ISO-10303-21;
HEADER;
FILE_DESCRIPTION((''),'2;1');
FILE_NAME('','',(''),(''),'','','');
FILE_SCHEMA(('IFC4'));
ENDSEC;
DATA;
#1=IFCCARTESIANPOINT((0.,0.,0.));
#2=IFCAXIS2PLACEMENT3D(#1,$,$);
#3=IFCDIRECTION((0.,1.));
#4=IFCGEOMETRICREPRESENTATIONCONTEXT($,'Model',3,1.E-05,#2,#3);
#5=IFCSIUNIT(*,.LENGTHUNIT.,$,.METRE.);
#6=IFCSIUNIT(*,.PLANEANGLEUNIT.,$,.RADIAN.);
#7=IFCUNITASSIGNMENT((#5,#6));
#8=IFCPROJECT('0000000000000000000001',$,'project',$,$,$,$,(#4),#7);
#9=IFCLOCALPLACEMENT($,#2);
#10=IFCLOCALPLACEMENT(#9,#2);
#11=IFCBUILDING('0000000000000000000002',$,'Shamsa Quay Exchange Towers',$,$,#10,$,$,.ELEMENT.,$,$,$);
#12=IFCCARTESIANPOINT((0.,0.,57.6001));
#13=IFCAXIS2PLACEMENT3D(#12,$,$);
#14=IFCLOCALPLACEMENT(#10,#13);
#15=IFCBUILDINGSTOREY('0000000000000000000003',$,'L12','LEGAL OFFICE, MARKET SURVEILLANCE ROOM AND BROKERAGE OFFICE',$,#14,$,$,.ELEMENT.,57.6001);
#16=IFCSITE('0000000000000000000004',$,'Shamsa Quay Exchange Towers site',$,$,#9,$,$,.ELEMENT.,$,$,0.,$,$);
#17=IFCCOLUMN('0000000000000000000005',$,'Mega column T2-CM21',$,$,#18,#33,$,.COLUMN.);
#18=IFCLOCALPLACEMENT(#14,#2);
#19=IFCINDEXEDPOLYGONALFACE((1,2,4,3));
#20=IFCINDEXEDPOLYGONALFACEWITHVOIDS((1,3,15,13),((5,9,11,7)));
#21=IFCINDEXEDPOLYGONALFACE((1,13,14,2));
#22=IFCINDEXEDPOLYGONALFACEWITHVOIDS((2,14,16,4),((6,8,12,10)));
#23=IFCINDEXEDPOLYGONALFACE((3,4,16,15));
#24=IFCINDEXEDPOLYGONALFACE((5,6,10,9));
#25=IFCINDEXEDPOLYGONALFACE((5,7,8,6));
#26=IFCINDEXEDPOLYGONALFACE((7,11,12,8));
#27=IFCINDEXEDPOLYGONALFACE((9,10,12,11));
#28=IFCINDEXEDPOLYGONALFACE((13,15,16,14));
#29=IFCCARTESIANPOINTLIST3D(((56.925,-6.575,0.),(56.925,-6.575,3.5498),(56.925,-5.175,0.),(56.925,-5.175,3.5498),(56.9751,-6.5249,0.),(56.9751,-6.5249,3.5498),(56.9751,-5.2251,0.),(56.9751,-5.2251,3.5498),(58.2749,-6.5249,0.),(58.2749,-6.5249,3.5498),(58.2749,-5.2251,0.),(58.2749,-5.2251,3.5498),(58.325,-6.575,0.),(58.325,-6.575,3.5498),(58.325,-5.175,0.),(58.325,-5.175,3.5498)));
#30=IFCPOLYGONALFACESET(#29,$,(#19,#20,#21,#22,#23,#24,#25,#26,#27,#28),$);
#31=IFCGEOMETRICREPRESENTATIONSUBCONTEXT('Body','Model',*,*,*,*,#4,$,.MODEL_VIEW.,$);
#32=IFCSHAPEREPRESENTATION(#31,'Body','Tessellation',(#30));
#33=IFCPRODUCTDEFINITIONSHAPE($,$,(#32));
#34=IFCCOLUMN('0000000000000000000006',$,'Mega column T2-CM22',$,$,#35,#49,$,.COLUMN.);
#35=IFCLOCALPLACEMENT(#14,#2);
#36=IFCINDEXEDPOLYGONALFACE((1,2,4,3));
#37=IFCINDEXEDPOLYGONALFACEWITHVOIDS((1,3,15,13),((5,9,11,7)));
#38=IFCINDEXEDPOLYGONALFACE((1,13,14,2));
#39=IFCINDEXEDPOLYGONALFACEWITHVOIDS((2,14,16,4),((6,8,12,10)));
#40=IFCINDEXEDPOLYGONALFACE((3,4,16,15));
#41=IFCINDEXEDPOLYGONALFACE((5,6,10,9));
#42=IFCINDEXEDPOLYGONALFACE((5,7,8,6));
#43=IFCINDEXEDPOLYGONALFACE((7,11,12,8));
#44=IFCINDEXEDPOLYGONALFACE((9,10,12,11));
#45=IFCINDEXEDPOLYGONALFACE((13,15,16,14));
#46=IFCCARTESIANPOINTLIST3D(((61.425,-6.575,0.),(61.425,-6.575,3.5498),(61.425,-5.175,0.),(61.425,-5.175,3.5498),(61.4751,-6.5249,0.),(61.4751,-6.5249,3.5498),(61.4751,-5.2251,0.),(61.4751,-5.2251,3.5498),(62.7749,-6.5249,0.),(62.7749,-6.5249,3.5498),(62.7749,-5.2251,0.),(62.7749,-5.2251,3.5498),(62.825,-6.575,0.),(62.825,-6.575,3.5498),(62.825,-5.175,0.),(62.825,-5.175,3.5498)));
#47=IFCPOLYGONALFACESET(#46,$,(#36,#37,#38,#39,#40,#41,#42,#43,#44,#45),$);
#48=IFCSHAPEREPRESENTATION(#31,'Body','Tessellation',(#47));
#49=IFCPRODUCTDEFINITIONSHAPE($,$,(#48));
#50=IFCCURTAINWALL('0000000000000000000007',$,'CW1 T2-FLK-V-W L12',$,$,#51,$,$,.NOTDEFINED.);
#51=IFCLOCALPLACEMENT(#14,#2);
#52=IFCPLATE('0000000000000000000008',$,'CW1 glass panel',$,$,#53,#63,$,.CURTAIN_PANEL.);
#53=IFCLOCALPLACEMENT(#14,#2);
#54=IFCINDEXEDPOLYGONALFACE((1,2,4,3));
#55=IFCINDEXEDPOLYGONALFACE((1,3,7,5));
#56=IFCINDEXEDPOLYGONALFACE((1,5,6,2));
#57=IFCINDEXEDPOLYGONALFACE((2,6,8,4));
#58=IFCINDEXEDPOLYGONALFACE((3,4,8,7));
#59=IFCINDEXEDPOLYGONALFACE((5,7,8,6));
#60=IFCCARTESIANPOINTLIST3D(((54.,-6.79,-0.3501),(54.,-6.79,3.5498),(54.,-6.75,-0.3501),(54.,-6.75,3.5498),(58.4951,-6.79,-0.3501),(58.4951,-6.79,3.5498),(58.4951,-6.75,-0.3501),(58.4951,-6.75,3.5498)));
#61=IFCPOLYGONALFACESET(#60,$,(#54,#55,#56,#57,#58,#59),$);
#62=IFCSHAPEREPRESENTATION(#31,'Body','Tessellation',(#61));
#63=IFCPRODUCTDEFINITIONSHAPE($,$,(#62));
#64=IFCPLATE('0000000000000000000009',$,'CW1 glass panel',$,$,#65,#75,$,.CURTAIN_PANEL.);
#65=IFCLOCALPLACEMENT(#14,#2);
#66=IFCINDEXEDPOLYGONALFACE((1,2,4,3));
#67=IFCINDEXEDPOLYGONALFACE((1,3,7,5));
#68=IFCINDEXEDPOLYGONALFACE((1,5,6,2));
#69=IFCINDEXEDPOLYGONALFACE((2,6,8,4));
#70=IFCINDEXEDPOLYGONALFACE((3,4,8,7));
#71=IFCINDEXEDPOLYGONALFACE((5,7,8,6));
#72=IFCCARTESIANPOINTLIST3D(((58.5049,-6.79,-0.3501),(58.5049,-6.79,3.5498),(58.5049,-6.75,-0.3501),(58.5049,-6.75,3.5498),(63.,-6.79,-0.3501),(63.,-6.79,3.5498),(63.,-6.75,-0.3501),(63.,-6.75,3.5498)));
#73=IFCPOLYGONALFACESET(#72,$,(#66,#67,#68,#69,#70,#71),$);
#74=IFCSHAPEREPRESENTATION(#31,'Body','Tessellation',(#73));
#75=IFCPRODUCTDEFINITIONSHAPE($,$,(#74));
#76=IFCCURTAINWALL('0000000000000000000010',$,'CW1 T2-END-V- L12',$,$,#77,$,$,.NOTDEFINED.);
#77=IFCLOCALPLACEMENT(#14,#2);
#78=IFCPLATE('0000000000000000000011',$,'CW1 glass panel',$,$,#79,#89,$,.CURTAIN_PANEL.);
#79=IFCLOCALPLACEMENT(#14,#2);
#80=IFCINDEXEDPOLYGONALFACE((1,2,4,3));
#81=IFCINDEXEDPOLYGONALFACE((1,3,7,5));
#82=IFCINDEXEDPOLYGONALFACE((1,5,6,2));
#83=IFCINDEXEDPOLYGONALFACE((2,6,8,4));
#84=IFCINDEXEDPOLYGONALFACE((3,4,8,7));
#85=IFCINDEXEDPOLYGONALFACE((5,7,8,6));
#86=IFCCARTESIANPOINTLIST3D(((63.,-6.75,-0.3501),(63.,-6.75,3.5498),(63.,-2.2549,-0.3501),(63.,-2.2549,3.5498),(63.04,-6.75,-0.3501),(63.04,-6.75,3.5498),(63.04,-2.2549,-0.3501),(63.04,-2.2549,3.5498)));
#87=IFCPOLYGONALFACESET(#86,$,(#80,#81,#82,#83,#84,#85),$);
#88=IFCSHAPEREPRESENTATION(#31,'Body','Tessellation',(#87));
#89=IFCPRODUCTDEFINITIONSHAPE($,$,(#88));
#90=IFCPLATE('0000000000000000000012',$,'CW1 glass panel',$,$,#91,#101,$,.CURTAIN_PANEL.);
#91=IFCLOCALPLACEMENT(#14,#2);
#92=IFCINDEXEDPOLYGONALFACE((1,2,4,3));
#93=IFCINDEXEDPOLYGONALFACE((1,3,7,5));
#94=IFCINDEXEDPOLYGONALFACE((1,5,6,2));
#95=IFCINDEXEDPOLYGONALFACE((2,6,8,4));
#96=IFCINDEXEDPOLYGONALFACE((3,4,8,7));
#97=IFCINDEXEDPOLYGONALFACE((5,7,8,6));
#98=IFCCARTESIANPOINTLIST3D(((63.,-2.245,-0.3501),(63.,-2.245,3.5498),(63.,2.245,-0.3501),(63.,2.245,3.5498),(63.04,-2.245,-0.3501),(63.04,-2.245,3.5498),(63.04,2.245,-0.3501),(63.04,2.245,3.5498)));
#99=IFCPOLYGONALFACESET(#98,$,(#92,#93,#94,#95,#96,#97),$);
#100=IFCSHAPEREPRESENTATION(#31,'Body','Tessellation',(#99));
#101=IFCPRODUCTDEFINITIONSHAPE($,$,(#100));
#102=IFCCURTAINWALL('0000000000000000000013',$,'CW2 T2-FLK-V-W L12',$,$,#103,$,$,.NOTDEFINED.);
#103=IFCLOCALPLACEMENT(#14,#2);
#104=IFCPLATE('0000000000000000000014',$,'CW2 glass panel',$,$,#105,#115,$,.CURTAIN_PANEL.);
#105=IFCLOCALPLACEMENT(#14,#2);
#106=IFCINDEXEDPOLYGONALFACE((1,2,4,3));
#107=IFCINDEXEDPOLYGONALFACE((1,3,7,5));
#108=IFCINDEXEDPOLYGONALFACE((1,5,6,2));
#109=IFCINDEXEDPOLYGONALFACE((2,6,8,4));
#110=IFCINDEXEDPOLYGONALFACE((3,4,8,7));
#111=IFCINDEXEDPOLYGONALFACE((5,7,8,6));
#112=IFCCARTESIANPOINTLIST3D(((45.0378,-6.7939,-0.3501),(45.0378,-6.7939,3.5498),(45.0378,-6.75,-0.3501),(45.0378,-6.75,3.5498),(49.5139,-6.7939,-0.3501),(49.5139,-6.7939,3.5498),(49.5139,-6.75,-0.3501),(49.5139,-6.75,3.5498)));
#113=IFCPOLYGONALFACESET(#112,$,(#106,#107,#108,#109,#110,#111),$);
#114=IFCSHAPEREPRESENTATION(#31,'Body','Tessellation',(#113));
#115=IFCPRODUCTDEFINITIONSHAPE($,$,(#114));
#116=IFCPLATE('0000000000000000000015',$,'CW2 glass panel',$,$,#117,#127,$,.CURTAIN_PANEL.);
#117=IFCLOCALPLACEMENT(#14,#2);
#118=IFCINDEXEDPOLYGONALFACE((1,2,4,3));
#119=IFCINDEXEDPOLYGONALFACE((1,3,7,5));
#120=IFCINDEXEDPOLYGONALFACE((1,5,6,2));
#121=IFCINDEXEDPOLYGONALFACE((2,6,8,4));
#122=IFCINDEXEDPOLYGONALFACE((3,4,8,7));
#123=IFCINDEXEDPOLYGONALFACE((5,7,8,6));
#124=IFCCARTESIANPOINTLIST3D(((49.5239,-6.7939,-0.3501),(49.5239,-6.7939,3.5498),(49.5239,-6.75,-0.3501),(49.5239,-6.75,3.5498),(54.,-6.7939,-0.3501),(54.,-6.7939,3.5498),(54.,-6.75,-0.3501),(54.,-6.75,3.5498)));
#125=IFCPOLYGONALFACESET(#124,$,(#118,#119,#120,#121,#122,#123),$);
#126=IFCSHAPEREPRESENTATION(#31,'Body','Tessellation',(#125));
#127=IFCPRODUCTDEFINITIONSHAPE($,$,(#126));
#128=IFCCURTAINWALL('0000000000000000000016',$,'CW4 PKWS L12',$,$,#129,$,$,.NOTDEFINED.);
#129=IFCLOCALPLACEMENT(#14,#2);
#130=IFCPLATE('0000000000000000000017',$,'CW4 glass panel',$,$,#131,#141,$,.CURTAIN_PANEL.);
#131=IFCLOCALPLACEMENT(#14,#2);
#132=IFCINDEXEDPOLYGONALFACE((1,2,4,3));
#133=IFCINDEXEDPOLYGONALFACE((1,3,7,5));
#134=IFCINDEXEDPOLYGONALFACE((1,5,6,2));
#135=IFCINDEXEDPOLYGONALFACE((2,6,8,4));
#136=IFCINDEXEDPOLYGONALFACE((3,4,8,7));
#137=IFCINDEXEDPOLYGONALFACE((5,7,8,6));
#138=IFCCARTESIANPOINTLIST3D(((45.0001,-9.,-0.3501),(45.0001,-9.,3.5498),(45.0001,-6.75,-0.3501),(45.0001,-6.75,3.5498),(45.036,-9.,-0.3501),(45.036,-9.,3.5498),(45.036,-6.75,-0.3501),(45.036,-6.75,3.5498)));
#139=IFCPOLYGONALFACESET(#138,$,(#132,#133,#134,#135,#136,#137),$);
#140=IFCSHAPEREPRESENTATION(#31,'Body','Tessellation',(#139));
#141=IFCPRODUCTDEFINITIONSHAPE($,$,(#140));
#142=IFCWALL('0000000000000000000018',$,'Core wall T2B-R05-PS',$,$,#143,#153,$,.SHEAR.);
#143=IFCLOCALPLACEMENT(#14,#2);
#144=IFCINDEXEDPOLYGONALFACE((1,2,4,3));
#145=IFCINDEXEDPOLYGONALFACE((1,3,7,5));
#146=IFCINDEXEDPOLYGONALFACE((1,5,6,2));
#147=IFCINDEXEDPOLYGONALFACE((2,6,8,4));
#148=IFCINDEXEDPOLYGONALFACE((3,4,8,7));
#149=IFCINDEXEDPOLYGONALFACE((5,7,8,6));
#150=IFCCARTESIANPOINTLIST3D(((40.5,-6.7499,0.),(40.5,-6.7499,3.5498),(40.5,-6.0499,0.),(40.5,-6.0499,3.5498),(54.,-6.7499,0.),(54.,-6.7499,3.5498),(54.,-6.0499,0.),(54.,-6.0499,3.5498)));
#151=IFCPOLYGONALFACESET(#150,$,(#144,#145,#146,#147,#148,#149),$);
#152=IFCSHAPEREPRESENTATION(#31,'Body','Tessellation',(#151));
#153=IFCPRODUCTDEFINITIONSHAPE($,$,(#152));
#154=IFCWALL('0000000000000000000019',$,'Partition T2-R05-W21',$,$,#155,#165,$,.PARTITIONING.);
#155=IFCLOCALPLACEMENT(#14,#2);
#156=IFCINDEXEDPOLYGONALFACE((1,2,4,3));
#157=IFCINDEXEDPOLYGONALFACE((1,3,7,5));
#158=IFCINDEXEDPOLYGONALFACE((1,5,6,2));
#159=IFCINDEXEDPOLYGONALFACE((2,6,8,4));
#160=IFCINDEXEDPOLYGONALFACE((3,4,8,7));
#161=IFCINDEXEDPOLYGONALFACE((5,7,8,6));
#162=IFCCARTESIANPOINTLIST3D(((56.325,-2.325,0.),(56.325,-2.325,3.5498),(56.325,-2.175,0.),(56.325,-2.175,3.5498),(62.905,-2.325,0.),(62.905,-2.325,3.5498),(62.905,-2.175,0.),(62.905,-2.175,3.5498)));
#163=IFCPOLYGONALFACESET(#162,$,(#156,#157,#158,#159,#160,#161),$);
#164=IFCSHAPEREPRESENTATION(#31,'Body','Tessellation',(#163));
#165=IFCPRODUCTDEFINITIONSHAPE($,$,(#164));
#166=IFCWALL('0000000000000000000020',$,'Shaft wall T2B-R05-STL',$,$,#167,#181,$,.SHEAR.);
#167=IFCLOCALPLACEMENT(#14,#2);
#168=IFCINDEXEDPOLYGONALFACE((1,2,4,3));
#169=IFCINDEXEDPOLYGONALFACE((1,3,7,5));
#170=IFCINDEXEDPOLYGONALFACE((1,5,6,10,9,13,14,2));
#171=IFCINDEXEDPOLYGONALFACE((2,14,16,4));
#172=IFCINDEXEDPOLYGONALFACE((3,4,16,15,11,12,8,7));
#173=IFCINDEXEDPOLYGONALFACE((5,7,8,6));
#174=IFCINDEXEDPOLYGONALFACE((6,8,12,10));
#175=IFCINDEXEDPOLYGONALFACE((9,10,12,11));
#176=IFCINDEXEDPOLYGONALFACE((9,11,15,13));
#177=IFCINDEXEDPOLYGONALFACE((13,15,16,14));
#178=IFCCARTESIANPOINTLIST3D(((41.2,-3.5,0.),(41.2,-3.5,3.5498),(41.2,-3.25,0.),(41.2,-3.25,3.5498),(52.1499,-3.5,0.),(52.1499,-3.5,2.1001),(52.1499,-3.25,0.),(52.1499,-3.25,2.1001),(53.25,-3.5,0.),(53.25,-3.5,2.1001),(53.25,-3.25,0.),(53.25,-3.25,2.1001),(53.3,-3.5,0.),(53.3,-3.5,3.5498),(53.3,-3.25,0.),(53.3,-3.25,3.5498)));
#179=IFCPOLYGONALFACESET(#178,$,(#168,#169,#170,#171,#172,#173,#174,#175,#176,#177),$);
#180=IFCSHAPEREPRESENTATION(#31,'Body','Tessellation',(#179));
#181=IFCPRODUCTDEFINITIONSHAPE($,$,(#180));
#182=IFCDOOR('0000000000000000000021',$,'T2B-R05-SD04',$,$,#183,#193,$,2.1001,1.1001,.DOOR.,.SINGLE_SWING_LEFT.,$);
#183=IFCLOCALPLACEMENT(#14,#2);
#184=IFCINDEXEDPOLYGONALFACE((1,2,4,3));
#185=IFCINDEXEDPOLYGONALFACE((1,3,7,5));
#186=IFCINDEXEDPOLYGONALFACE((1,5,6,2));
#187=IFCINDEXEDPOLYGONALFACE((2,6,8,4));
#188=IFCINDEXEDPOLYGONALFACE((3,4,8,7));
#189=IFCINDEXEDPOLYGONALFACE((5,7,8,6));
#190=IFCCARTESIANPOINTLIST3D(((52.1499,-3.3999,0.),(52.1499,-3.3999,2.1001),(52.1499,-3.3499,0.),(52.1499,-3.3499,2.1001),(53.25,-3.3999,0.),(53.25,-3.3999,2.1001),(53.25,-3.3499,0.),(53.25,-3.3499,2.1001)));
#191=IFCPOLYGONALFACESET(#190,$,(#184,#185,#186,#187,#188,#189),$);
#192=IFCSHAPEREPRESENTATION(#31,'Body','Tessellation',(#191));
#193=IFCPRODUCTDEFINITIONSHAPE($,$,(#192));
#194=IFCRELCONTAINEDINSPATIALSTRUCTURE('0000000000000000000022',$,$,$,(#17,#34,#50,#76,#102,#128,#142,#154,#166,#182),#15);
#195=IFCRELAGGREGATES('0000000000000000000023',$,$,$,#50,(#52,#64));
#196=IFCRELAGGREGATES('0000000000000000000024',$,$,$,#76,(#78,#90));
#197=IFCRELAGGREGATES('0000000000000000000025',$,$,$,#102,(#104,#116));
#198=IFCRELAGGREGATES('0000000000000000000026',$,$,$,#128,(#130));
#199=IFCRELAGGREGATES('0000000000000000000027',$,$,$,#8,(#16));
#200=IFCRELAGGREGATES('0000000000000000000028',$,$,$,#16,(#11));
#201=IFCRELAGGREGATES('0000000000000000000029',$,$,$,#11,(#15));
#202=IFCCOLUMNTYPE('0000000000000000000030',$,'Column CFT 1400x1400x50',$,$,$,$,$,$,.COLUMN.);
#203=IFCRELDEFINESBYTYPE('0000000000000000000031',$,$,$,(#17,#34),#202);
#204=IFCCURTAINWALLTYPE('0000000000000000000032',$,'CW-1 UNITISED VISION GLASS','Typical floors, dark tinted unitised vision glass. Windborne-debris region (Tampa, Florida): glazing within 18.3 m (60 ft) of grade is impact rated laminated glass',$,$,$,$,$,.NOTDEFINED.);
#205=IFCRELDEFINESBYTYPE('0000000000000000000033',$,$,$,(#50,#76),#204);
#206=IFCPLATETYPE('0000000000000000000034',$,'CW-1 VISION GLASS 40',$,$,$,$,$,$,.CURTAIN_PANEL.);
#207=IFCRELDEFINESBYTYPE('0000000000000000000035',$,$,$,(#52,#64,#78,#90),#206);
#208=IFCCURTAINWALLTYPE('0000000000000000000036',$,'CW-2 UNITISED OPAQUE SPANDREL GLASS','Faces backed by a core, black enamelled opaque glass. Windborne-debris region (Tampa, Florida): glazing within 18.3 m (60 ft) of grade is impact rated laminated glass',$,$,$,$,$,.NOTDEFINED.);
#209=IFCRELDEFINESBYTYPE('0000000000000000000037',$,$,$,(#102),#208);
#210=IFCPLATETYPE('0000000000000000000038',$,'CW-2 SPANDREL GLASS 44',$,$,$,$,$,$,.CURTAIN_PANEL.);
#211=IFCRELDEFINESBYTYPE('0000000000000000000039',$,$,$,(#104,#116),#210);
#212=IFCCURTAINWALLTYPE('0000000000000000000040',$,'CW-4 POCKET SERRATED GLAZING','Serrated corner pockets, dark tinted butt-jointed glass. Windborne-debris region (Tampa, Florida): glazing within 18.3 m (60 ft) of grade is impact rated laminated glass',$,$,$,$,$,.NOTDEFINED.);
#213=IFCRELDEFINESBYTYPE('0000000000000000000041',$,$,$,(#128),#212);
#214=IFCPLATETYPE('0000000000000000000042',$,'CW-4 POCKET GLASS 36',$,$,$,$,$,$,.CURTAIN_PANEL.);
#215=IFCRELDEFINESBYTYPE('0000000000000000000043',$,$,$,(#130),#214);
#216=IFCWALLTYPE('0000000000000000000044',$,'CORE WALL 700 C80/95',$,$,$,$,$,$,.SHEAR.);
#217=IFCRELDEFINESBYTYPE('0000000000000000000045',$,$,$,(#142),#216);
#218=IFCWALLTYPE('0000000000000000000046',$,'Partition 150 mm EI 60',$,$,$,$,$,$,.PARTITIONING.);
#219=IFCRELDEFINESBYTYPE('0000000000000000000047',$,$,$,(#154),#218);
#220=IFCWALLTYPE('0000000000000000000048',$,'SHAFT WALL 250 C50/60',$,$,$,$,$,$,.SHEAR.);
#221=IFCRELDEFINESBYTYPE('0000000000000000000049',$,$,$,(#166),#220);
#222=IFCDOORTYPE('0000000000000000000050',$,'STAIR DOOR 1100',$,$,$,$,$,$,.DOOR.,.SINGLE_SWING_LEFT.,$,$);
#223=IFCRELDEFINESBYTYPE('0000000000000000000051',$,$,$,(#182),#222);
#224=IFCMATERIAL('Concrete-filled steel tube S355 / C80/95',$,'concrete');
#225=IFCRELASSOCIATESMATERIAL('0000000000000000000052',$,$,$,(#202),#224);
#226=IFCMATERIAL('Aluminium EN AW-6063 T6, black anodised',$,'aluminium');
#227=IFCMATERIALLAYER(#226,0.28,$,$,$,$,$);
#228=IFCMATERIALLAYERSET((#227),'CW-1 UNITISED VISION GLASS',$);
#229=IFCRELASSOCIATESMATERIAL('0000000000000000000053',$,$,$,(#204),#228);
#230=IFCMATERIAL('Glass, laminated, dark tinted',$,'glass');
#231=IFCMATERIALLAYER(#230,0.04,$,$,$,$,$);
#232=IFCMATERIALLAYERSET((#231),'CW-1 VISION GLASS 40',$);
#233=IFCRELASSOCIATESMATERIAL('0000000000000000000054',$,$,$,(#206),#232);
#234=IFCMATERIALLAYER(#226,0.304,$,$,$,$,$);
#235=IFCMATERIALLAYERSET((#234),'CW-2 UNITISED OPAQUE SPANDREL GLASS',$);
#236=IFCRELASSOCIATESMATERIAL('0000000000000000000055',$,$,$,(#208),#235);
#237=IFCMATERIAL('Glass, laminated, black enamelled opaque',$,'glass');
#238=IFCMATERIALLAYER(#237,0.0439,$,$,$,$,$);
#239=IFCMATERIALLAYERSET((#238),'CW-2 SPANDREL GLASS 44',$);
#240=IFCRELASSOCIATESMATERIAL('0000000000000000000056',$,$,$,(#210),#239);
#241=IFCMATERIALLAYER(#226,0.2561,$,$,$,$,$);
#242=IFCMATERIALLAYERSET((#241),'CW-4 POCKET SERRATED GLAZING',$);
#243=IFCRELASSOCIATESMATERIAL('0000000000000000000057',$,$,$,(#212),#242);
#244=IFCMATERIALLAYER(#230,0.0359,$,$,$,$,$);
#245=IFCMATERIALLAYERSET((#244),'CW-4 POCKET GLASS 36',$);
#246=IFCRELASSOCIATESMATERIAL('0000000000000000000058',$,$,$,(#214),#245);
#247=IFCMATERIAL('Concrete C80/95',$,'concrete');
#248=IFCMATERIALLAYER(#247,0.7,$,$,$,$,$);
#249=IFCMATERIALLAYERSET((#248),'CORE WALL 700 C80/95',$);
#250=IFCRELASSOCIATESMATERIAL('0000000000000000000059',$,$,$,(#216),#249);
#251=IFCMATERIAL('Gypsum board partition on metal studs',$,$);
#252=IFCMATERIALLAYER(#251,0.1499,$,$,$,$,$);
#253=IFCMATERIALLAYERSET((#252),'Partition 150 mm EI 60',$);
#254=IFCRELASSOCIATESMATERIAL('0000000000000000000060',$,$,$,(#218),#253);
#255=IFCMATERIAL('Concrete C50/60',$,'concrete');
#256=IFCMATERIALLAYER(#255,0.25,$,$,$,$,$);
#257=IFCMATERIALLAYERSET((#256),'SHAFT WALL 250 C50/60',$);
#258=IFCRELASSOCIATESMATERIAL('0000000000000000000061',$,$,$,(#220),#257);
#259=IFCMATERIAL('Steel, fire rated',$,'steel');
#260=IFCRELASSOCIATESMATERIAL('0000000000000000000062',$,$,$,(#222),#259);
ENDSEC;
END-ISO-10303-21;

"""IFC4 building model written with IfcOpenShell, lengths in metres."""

from ifc_helpers import new_model, si_unit, direction, frame, frame_2d, origin, origin_2d, place, context, subcontext, project, spatial, rectangle, hollow_rectangle, extrude, material, layer, layer_set, material_profile, profile_set, type_object, element, fill, aggregate, save


model = new_model("IFC4")

# Units and contexts
model_context = context("Model", 3, precision=1e-05, world=origin(), true_north=direction((0.0, 1.0)))
body_context = subcontext(model_context, "Body", "Model", "MODEL_VIEW")
ifc_project = project(units=[si_unit("LENGTHUNIT", "METRE"), si_unit("PLANEANGLEUNIT", "RADIAN")], contexts=[model_context])

# Site, building, storey
site_placement = place(None, origin())
site = spatial("IfcSite", under=ifc_project, at=site_placement, Name="Shamsa Quay Exchange Towers site", CompositionType="ELEMENT", RefElevation=0.0)
building_placement = place(site_placement, origin())
building = spatial("IfcBuilding", under=site, at=building_placement, Name="Shamsa Quay Exchange Towers", CompositionType="ELEMENT")
storey_placement = place(building_placement, frame((0.0, 0.0, 57.6001)))
storey = spatial("IfcBuildingStorey", under=building, at=storey_placement, Name="L12", Description="LEGAL OFFICE, MARKET SURVEILLANCE ROOM AND BROKERAGE OFFICE", CompositionType="ELEMENT", Elevation=57.6001)

# Columns
ifc_material_1 = material(Name="Concrete-filled steel tube S355 / C80/95", Category="concrete")
ifc_material_profile_1 = material_profile(ifc_material_1, hollow_rectangle(XDim=1.3999, YDim=1.3999, WallThickness=0.05, at=origin_2d()), Name="CFT 1400x1400x50")
ifc_profile_set_1 = profile_set([ifc_material_profile_1], Name="Concrete-filled steel tube S355 / C80/95")
column_type = type_object("IfcColumnType", Name="Column CFT 1400x1400x50", PredefinedType="COLUMN", material=ifc_profile_set_1)
for number, where, name in (
    (1, (57.625, -5.875, 0.0), "Mega column T2-CM21"),
    (2, (62.125, -5.875, 0.0), "Mega column T2-CM22"),
):
    element("IfcColumn", number, at=place(storey_placement, frame(where)), inside=storey, type_object=column_type, Name=name, PredefinedType="COLUMN", context=body_context, shape_type="SweptSolid", body=[
        extrude(hollow_rectangle(XDim=1.3999, YDim=1.3999, WallThickness=0.05, at=origin_2d()), origin(), (0.0, 0.0, 1.0), 3.5498),
    ])

# Curtain walls, plates
ifc_material_2 = material(Name="Aluminium EN AW-6063 T6, black anodised", Category="aluminium")
ifc_layer_1 = layer(ifc_material_2, 0.28)
ifc_layer_set_1 = layer_set([ifc_layer_1], Name="CW-1 UNITISED VISION GLASS")
curtain_wall_type_1 = type_object("IfcCurtainWallType", Name="CW-1 UNITISED VISION GLASS", Description="Typical floors, dark tinted unitised vision glass. Windborne-debris region (Tampa, Florida): glazing within 18.3 m (60 ft) of grade is impact rated laminated glass", PredefinedType="NOTDEFINED", material=ifc_layer_set_1)
curtain_wall_1_placement = place(storey_placement, origin())
curtain_wall_1 = element("IfcCurtainWall", 3, at=curtain_wall_1_placement, inside=storey, type_object=curtain_wall_type_1, Name="CW1 T2-FLK-V-W L12", PredefinedType="NOTDEFINED")
ifc_material_3 = material(Name="Glass, laminated, dark tinted", Category="glass")
ifc_layer_2 = layer(ifc_material_3, 0.04)
ifc_layer_set_2 = layer_set([ifc_layer_2], Name="CW-1 VISION GLASS 40")
plate_type_1 = type_object("IfcPlateType", Name="CW-1 VISION GLASS 40", PredefinedType="CURTAIN_PANEL", material=ifc_layer_set_2)
plate_1_placement = place(storey_placement, frame((56.2476, -6.77, -0.3501)))
plate_1 = element("IfcPlate", 4, at=plate_1_placement, type_object=plate_type_1, Name="CW1 glass panel", PredefinedType="CURTAIN_PANEL", context=body_context, shape_type="SweptSolid", body=[
    extrude(rectangle(XDim=4.4951, YDim=0.04, at=origin_2d()), origin(), (0.0, 0.0, 1.0), 3.8999),
])
plate_2_placement = place(storey_placement, frame((60.7524, -6.77, -0.3501)))
plate_2 = element("IfcPlate", 5, at=plate_2_placement, type_object=plate_type_1, Name="CW1 glass panel", PredefinedType="CURTAIN_PANEL", context=body_context, shape_type="SweptSolid", body=[
    extrude(rectangle(XDim=4.4951, YDim=0.04, at=origin_2d()), origin(), (0.0, 0.0, 1.0), 3.8999),
])
aggregate(curtain_wall_1, [plate_1, plate_2])
curtain_wall_2_placement = place(storey_placement, origin())
curtain_wall_2 = element("IfcCurtainWall", 6, at=curtain_wall_2_placement, inside=storey, type_object=curtain_wall_type_1, Name="CW1 T2-END-V- L12", PredefinedType="NOTDEFINED")
plate_3_placement = place(storey_placement, frame((63.02, -4.5024, -0.3501), z_axis=(0.0, 0.0, 1.0), x_axis=(0.0, 1.0, 0.0)))
plate_3 = element("IfcPlate", 7, at=plate_3_placement, type_object=plate_type_1, Name="CW1 glass panel", PredefinedType="CURTAIN_PANEL", context=body_context, shape_type="SweptSolid", body=[
    extrude(rectangle(XDim=4.4951, YDim=0.04, at=origin_2d()), origin(), (0.0, 0.0, 1.0), 3.8999),
])
plate_4_placement = place(storey_placement, frame((63.02, 0.0, -0.3501), z_axis=(0.0, 0.0, 1.0), x_axis=(0.0, 1.0, 0.0)))
plate_4 = element("IfcPlate", 8, at=plate_4_placement, type_object=plate_type_1, Name="CW1 glass panel", PredefinedType="CURTAIN_PANEL", context=body_context, shape_type="SweptSolid", body=[
    extrude(rectangle(XDim=4.49, YDim=0.04, at=origin_2d()), origin(), (0.0, 0.0, 1.0), 3.8999),
])
aggregate(curtain_wall_2, [plate_3, plate_4])
ifc_layer_3 = layer(ifc_material_2, 0.304)
ifc_layer_set_3 = layer_set([ifc_layer_3], Name="CW-2 UNITISED OPAQUE SPANDREL GLASS")
curtain_wall_type_2 = type_object("IfcCurtainWallType", Name="CW-2 UNITISED OPAQUE SPANDREL GLASS", Description="Faces backed by a core, black enamelled opaque glass. Windborne-debris region (Tampa, Florida): glazing within 18.3 m (60 ft) of grade is impact rated laminated glass", PredefinedType="NOTDEFINED", material=ifc_layer_set_3)
curtain_wall_3_placement = place(storey_placement, origin())
curtain_wall_3 = element("IfcCurtainWall", 9, at=curtain_wall_3_placement, inside=storey, type_object=curtain_wall_type_2, Name="CW2 T2-FLK-V-W L12", PredefinedType="NOTDEFINED")
ifc_material_4 = material(Name="Glass, laminated, black enamelled opaque", Category="glass")
ifc_layer_4 = layer(ifc_material_4, 0.0439)
ifc_layer_set_4 = layer_set([ifc_layer_4], Name="CW-2 SPANDREL GLASS 44")
plate_type_2 = type_object("IfcPlateType", Name="CW-2 SPANDREL GLASS 44", PredefinedType="CURTAIN_PANEL", material=ifc_layer_set_4)
plate_5_placement = place(storey_placement, frame((47.2759, -6.772, -0.3501)))
plate_5 = element("IfcPlate", 10, at=plate_5_placement, type_object=plate_type_2, Name="CW2 glass panel", PredefinedType="CURTAIN_PANEL", context=body_context, shape_type="SweptSolid", body=[
    extrude(rectangle(XDim=4.4761, YDim=0.0439, at=origin_2d()), origin(), (0.0, 0.0, 1.0), 3.8999),
])
plate_6_placement = place(storey_placement, frame((51.762, -6.772, -0.3501)))
plate_6 = element("IfcPlate", 11, at=plate_6_placement, type_object=plate_type_2, Name="CW2 glass panel", PredefinedType="CURTAIN_PANEL", context=body_context, shape_type="SweptSolid", body=[
    extrude(rectangle(XDim=4.4761, YDim=0.0439, at=origin_2d()), origin(), (0.0, 0.0, 1.0), 3.8999),
])
aggregate(curtain_wall_3, [plate_5, plate_6])

# Curtain wall, plate
ifc_layer_5 = layer(ifc_material_2, 0.2561)
ifc_layer_set_5 = layer_set([ifc_layer_5], Name="CW-4 POCKET SERRATED GLAZING")
curtain_wall_type_3 = type_object("IfcCurtainWallType", Name="CW-4 POCKET SERRATED GLAZING", Description="Serrated corner pockets, dark tinted butt-jointed glass. Windborne-debris region (Tampa, Florida): glazing within 18.3 m (60 ft) of grade is impact rated laminated glass", PredefinedType="NOTDEFINED", material=ifc_layer_set_5)
curtain_wall_4_placement = place(storey_placement, origin())
curtain_wall_4 = element("IfcCurtainWall", 12, at=curtain_wall_4_placement, inside=storey, type_object=curtain_wall_type_3, Name="CW4 PKWS L12", PredefinedType="NOTDEFINED")
ifc_layer_6 = layer(ifc_material_3, 0.0359)
ifc_layer_set_6 = layer_set([ifc_layer_6], Name="CW-4 POCKET GLASS 36")
plate_type_3 = type_object("IfcPlateType", Name="CW-4 POCKET GLASS 36", PredefinedType="CURTAIN_PANEL", material=ifc_layer_set_6)
plate_7_placement = place(storey_placement, frame((45.0181, -7.875, -0.3501), z_axis=(0.0, 0.0, 1.0), x_axis=(0.0, 1.0, 0.0)))
plate_7 = element("IfcPlate", 13, at=plate_7_placement, type_object=plate_type_3, Name="CW4 glass panel", PredefinedType="CURTAIN_PANEL", context=body_context, shape_type="SweptSolid", body=[
    extrude(rectangle(XDim=2.25, YDim=0.0359, at=origin_2d()), origin(), (0.0, 0.0, 1.0), 3.8999),
])
aggregate(curtain_wall_4, [plate_7])

# Wall
ifc_material_5 = material(Name="Concrete C80/95", Category="concrete")
ifc_layer_7 = layer(ifc_material_5, 0.7)
ifc_layer_set_7 = layer_set([ifc_layer_7], Name="CORE WALL 700 C80/95")
wall_type_1 = type_object("IfcWallType", Name="CORE WALL 700 C80/95", PredefinedType="SHEAR", material=ifc_layer_set_7)
wall_1_placement = place(storey_placement, frame((54.0, -6.3999, 0.0), z_axis=(0.0, 0.0, 1.0), x_axis=(-1.0, 0.0, 0.0)))
element("IfcWall", 14, at=wall_1_placement, inside=storey, type_object=wall_type_1, Name="Core wall T2B-R05-PS", PredefinedType="SHEAR", context=body_context, shape_type="SweptSolid", body=[
    extrude(rectangle(XDim=13.5, YDim=0.7, at=frame_2d((6.75, 0.0))), origin(), (0.0, 0.0, 1.0), 3.5498),
])

# Shared definitions
ifc_material_6 = material(Name="Steel, fire rated", Category="steel")

# Wall
ifc_material_7 = material(Name="Gypsum board partition on metal studs")
ifc_layer_8 = layer(ifc_material_7, 0.1499)
ifc_layer_set_8 = layer_set([ifc_layer_8], Name="Partition 150 mm EI 60")
wall_type_2 = type_object("IfcWallType", Name="Partition 150 mm EI 60", PredefinedType="PARTITIONING", material=ifc_layer_set_8)
wall_2_placement = place(storey_placement, frame((62.905, -2.25, 0.0), z_axis=(0.0, 0.0, 1.0), x_axis=(-1.0, 0.0, 0.0)))
element("IfcWall", 15, at=wall_2_placement, inside=storey, type_object=wall_type_2, Name="Partition T2-R05-W21", PredefinedType="PARTITIONING", context=body_context, shape_type="SweptSolid", body=[
    extrude(rectangle(XDim=6.5801, YDim=0.1499, at=frame_2d((3.29, 0.0))), origin(), (0.0, 0.0, 1.0), 3.5498),
])

# Wall, opening, door
ifc_material_8 = material(Name="Concrete C50/60", Category="concrete")
ifc_layer_9 = layer(ifc_material_8, 0.25)
ifc_layer_set_9 = layer_set([ifc_layer_9], Name="SHAFT WALL 250 C50/60")
wall_type_3 = type_object("IfcWallType", Name="SHAFT WALL 250 C50/60", PredefinedType="SHEAR", material=ifc_layer_set_9)
wall_3_placement = place(storey_placement, frame((53.3, -3.375, 0.0), z_axis=(0.0, 0.0, 1.0), x_axis=(-1.0, 0.0, 0.0)))
wall_3 = element("IfcWall", 16, at=wall_3_placement, inside=storey, type_object=wall_type_3, Name="Shaft wall T2B-R05-STL", PredefinedType="SHEAR", context=body_context, shape_type="SweptSolid", body=[
    extrude(rectangle(XDim=12.1001, YDim=0.25, at=frame_2d((6.05, 0.0))), origin(), (0.0, 0.0, 1.0), 3.5498),
])
opening_1_placement = place(wall_3_placement, frame((0.05, 0.0, 0.0)))
opening_1 = element("IfcOpeningElement", 17, at=opening_1_placement, cuts=wall_3, PredefinedType="OPENING", context=body_context, shape_type="SweptSolid", body=[
    extrude(rectangle(XDim=1.1001, YDim=2.1001, at=frame_2d((0.55, 1.05))), frame((0.0, 0.135, 0.0), z_axis=(0.0, -1.0, 0.0), x_axis=(1.0, 0.0, 0.0)), (0.0, 0.0, 1.0), 0.27),
])
door_type_1 = type_object("IfcDoorType", Name="STAIR DOOR 1100", OperationType="SINGLE_SWING_LEFT", PredefinedType="DOOR", material=ifc_material_6)
door_1_placement = place(opening_1_placement, origin())
door_1 = element("IfcDoor", 18, at=door_1_placement, inside=storey, type_object=door_type_1, Name="T2B-R05-SD04", OperationType="SINGLE_SWING_LEFT", OverallHeight=2.1001, OverallWidth=1.1001, PredefinedType="DOOR", context=body_context, shape_type="SweptSolid", body=[
    extrude(rectangle(XDim=1.1001, YDim=2.1001, at=frame_2d((0.55, 1.05))), frame((0.0, 0.0249, 0.0), z_axis=(0.0, -1.0, 0.0), x_axis=(1.0, 0.0, 0.0)), (0.0, 0.0, 1.0), 0.05),
])
fill(opening_1, door_1)

save(model, "model.ifc")
